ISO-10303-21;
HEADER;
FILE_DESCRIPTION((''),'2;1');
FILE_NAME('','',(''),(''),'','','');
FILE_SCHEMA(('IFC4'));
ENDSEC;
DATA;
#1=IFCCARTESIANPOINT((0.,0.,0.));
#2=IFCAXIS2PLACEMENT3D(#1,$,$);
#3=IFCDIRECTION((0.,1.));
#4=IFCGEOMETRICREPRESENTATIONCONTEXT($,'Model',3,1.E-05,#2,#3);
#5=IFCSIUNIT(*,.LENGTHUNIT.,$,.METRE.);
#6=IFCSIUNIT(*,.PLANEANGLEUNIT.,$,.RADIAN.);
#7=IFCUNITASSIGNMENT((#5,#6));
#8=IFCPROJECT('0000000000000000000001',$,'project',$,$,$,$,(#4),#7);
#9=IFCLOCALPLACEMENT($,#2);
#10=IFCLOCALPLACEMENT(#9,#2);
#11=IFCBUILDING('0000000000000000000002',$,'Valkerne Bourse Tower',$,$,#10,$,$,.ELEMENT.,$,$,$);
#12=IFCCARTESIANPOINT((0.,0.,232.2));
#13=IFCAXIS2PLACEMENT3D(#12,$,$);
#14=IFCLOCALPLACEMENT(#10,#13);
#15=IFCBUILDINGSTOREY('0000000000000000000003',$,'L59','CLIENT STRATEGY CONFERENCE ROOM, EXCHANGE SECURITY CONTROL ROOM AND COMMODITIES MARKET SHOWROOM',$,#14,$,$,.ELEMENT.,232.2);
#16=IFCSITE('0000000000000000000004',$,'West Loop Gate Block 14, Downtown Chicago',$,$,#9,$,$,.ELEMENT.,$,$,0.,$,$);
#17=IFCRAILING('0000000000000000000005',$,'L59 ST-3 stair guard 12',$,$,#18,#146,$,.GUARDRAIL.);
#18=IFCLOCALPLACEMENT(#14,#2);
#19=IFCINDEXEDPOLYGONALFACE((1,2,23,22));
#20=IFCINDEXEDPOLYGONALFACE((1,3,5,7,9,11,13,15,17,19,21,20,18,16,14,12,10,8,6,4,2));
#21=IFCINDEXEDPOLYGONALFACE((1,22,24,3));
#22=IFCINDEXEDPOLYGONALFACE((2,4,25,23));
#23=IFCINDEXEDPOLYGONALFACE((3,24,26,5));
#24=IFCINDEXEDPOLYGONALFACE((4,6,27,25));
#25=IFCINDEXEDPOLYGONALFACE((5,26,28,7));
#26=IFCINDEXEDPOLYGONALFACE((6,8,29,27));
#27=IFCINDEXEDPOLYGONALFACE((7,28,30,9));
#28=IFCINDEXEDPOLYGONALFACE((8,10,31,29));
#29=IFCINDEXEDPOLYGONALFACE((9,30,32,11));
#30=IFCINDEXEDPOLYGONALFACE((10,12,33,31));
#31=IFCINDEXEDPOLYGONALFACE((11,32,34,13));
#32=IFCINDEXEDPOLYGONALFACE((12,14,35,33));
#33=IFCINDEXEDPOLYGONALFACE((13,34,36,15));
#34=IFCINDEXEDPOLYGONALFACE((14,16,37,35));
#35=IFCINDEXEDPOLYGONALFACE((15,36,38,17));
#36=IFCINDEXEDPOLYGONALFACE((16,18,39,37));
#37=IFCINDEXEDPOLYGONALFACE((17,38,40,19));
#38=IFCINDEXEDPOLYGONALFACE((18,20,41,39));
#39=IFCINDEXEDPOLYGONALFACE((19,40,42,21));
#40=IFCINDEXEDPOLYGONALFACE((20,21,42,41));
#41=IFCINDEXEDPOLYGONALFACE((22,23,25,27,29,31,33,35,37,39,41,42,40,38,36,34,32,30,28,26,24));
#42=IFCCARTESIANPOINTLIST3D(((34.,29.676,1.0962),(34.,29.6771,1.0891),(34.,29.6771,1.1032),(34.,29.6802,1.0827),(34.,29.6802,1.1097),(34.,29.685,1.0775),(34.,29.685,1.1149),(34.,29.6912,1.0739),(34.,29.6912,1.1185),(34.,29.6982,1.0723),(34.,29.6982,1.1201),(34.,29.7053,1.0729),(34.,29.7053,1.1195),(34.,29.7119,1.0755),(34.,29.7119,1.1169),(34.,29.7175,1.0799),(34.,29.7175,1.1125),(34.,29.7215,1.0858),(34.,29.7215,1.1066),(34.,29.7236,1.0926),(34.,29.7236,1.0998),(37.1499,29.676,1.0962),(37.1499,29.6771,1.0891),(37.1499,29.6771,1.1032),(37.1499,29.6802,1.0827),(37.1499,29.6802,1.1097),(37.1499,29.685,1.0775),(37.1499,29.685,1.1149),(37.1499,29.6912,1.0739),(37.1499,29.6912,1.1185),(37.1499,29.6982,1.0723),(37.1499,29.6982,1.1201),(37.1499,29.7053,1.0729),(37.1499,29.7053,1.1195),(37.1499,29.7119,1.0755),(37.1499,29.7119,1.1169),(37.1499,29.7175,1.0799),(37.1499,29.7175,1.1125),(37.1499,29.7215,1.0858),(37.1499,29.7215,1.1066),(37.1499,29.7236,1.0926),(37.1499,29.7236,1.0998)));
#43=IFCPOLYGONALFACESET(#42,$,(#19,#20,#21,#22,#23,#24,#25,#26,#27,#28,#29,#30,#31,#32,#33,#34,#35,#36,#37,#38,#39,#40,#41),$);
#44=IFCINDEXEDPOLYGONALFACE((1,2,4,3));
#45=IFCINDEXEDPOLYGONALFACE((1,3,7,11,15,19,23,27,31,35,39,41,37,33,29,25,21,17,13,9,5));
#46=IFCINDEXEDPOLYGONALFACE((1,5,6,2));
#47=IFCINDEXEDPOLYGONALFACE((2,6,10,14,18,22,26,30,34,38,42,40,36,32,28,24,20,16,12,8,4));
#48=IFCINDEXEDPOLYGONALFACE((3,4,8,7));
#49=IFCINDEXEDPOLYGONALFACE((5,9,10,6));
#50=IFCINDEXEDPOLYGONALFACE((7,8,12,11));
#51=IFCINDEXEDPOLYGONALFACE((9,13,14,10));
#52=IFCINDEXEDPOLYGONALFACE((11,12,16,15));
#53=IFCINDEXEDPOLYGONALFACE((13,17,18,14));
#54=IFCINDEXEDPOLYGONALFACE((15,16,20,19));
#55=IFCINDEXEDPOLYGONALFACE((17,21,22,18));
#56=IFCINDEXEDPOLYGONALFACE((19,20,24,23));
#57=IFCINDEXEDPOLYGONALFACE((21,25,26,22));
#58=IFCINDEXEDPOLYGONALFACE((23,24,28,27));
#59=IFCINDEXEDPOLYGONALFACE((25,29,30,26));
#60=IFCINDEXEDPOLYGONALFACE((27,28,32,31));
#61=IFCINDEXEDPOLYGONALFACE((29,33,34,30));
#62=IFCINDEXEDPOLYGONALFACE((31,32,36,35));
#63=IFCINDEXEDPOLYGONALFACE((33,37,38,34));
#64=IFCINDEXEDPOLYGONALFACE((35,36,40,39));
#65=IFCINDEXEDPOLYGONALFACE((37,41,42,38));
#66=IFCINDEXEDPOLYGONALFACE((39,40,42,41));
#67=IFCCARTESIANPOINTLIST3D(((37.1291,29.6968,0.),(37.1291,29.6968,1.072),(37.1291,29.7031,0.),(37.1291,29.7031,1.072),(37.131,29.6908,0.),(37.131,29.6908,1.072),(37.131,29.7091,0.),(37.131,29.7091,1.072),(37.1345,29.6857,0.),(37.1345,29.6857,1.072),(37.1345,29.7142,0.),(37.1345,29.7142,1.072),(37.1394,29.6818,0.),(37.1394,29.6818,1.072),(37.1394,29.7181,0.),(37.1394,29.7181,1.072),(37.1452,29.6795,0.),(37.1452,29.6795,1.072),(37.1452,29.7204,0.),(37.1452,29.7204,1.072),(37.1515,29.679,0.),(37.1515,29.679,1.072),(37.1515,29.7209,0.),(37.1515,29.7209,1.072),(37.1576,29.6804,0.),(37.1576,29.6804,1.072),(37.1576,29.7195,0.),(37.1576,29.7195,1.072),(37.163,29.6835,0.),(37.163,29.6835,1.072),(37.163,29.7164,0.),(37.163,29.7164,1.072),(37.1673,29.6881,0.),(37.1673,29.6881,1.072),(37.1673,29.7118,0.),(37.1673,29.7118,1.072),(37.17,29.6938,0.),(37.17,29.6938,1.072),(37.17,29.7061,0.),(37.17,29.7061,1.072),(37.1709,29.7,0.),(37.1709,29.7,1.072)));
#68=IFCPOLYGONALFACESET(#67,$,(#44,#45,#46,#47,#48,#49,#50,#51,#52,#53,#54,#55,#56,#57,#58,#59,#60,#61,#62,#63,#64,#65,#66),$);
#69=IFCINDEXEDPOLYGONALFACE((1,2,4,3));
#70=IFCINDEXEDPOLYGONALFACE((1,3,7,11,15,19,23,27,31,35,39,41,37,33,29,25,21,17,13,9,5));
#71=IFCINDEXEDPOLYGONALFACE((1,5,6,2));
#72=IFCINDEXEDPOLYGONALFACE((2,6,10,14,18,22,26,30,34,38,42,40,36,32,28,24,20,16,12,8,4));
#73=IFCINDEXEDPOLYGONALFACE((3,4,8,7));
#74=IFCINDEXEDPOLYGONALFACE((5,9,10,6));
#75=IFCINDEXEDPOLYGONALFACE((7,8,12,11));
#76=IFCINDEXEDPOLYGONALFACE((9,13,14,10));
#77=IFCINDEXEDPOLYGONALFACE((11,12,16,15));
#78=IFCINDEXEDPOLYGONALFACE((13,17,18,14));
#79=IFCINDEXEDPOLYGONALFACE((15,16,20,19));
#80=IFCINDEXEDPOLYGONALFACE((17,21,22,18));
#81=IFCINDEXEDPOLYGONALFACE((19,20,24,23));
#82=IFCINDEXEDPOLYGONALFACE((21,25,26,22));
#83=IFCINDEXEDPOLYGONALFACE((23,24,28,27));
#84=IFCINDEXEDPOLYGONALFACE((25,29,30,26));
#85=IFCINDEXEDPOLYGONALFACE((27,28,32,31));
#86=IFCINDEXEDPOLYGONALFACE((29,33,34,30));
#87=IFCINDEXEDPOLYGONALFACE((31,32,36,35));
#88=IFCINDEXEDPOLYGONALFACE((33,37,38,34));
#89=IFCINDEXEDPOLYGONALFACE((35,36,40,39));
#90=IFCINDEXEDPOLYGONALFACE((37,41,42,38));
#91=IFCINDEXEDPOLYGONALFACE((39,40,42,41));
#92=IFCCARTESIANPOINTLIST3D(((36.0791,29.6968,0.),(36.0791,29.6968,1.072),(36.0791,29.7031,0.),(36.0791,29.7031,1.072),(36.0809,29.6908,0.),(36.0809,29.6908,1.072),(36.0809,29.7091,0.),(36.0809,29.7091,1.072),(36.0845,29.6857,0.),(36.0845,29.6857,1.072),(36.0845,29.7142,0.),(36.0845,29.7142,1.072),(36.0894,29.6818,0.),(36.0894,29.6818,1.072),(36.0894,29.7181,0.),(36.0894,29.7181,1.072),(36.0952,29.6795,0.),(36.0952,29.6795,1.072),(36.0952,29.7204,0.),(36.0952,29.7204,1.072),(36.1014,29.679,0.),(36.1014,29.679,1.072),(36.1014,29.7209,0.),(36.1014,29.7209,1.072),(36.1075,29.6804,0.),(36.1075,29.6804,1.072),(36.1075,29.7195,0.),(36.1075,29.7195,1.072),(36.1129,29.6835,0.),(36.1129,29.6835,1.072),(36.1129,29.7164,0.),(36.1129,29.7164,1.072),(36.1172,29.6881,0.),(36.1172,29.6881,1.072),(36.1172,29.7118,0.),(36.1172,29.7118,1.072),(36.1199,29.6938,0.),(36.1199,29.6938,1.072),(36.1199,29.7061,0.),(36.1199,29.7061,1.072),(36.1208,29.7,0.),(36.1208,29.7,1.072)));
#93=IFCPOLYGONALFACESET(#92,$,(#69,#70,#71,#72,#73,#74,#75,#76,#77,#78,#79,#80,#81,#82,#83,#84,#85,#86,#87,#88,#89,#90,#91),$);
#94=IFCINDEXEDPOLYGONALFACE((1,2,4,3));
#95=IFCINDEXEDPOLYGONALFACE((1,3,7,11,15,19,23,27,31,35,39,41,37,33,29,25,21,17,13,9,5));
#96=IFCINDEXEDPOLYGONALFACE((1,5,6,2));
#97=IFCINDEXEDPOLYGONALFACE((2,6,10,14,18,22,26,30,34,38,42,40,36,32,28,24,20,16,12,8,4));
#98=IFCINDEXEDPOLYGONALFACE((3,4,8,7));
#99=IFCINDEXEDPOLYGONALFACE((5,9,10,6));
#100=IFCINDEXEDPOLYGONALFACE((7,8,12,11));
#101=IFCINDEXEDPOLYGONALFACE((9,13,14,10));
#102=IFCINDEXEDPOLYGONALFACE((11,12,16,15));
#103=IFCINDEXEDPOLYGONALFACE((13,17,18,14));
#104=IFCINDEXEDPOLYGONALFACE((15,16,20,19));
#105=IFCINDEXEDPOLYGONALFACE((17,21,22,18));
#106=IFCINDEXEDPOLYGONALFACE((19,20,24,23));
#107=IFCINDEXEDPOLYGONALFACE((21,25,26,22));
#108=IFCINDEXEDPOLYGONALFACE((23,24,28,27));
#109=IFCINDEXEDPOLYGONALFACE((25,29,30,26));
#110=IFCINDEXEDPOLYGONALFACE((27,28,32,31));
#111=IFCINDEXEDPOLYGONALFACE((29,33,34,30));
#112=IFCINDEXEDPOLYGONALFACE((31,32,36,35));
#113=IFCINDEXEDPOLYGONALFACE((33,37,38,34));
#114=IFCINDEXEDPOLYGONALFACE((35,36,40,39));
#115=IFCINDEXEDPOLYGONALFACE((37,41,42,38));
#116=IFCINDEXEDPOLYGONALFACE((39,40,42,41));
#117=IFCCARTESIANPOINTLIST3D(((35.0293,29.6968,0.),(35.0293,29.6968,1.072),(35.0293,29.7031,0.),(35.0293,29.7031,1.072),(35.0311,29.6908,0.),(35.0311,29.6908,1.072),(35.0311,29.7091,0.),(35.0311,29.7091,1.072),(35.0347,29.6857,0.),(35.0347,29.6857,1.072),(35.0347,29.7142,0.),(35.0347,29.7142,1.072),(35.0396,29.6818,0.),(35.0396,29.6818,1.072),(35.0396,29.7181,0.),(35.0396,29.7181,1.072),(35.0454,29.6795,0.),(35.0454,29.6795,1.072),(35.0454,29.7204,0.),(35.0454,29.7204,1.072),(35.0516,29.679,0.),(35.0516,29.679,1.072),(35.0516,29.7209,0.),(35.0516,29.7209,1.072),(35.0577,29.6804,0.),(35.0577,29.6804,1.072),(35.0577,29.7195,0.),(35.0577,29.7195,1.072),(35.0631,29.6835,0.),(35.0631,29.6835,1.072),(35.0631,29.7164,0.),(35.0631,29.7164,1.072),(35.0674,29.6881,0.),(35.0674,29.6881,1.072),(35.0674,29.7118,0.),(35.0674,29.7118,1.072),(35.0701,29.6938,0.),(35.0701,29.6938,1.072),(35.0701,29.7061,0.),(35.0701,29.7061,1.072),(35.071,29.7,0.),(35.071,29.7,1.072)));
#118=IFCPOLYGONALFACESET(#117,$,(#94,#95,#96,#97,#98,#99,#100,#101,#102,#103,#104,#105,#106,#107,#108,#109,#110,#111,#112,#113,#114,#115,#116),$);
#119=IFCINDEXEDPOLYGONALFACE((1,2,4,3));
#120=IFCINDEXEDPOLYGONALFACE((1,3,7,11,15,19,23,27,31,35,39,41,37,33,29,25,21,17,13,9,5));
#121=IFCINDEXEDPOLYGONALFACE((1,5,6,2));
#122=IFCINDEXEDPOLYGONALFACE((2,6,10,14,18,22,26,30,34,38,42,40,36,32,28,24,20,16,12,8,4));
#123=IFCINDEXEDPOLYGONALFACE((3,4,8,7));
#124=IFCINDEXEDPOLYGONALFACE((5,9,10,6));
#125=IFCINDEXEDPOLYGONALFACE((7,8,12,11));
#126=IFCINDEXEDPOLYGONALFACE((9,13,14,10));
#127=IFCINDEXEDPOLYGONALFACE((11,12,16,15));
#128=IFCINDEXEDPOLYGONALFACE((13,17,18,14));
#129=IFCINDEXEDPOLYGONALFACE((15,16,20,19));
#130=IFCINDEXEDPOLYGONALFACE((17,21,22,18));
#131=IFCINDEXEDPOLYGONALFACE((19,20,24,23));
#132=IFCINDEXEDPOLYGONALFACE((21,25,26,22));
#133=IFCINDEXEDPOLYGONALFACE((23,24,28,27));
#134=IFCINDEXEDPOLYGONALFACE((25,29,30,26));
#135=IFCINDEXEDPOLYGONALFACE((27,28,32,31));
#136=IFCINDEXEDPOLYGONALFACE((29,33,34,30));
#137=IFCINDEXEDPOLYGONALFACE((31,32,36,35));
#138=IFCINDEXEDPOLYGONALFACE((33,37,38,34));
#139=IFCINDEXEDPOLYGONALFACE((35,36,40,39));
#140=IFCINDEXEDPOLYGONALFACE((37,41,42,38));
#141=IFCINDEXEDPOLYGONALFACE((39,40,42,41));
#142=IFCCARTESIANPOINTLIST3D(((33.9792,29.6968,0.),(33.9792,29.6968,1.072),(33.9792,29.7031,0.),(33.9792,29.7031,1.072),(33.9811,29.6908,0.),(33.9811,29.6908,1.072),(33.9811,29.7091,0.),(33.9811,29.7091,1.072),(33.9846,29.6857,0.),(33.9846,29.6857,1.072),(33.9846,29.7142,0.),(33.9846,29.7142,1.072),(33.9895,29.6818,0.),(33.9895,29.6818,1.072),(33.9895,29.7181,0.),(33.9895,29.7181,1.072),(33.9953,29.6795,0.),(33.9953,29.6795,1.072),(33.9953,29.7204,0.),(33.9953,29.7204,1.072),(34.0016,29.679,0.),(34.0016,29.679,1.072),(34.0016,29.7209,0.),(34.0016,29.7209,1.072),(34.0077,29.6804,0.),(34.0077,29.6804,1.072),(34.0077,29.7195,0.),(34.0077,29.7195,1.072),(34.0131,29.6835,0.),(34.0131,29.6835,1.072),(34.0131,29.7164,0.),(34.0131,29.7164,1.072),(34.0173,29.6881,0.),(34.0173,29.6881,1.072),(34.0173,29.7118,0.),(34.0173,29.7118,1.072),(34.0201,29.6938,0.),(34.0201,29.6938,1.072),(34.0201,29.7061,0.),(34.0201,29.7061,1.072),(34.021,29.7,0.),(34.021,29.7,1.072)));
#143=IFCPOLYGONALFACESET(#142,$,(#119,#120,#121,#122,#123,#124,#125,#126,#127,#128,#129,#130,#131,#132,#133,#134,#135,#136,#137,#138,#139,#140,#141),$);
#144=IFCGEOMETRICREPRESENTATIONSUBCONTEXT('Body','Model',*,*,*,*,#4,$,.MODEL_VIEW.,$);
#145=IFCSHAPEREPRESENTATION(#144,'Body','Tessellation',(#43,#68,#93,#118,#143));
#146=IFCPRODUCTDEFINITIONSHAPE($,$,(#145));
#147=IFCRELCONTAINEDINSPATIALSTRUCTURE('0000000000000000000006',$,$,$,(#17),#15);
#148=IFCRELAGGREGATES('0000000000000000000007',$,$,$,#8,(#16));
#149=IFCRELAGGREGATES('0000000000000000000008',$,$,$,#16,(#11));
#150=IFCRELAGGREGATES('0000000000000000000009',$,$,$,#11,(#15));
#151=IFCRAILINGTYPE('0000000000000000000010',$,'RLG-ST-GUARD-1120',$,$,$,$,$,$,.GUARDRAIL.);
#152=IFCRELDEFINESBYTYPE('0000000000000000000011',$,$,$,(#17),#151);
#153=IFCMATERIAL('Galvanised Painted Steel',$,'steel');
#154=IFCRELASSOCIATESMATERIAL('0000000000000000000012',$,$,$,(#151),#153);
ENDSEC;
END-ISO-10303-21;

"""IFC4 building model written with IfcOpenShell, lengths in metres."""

from ifc_helpers import new_model, si_unit, direction, frame, origin, origin_2d, place, context, subcontext, project, spatial, circle, extrude, material, type_object, element, save


model = new_model("IFC4")

# Units and contexts
model_context = context("Model", 3, precision=1e-05, world=origin(), true_north=direction((0.0, 1.0)))
body_context = subcontext(model_context, "Body", "Model", "MODEL_VIEW")
ifc_project = project(units=[si_unit("LENGTHUNIT", "METRE"), si_unit("PLANEANGLEUNIT", "RADIAN")], contexts=[model_context])

# Site, building, storey
site_placement = place(None, origin())
site = spatial("IfcSite", under=ifc_project, at=site_placement, Name="West Loop Gate Block 14, Downtown Chicago", CompositionType="ELEMENT", RefElevation=0.0)
building_placement = place(site_placement, origin())
building = spatial("IfcBuilding", under=site, at=building_placement, Name="Valkerne Bourse Tower", CompositionType="ELEMENT")
storey_placement = place(building_placement, frame((0.0, 0.0, 232.2)))
storey = spatial("IfcBuildingStorey", under=building, at=storey_placement, Name="L59", Description="CLIENT STRATEGY CONFERENCE ROOM, EXCHANGE SECURITY CONTROL ROOM AND COMMODITIES MARKET SHOWROOM", CompositionType="ELEMENT", Elevation=232.2)

# Railing
ifc_material_1 = material(Name="Galvanised Painted Steel", Category="steel")
railing_type = type_object("IfcRailingType", Name="RLG-ST-GUARD-1120", PredefinedType="GUARDRAIL", material=ifc_material_1)
railing_1_placement = place(storey_placement, frame((37.1499, 29.7, 0.0)))
element("IfcRailing", 1, at=railing_1_placement, inside=storey, type_object=railing_type, Name="L59 ST-3 stair guard 12", PredefinedType="GUARDRAIL", context=body_context, shape_type="SweptSolid", body=[
    extrude(circle(Radius=0.0239, at=origin_2d()), frame((0.0, 0.0, 1.0962), z_axis=(-1.0, 0.0, 0.0), x_axis=(0.0, -1.0, 0.0)), (0.0, 0.0, 1.0), 3.1499),
    extrude(circle(Radius=0.021, at=origin_2d()), origin(), (0.0, 0.0, 1.0), 1.072),
    extrude(circle(Radius=0.021, at=origin_2d()), frame((-1.05, 0.0, 0.0)), (0.0, 0.0, 1.0), 1.072),
    extrude(circle(Radius=0.021, at=origin_2d()), frame((-2.0999, 0.0, 0.0)), (0.0, 0.0, 1.0), 1.072),
    extrude(circle(Radius=0.021, at=origin_2d()), frame((-3.1499, 0.0, 0.0)), (0.0, 0.0, 1.0), 1.072),
])

save(model, "model.ifc")
